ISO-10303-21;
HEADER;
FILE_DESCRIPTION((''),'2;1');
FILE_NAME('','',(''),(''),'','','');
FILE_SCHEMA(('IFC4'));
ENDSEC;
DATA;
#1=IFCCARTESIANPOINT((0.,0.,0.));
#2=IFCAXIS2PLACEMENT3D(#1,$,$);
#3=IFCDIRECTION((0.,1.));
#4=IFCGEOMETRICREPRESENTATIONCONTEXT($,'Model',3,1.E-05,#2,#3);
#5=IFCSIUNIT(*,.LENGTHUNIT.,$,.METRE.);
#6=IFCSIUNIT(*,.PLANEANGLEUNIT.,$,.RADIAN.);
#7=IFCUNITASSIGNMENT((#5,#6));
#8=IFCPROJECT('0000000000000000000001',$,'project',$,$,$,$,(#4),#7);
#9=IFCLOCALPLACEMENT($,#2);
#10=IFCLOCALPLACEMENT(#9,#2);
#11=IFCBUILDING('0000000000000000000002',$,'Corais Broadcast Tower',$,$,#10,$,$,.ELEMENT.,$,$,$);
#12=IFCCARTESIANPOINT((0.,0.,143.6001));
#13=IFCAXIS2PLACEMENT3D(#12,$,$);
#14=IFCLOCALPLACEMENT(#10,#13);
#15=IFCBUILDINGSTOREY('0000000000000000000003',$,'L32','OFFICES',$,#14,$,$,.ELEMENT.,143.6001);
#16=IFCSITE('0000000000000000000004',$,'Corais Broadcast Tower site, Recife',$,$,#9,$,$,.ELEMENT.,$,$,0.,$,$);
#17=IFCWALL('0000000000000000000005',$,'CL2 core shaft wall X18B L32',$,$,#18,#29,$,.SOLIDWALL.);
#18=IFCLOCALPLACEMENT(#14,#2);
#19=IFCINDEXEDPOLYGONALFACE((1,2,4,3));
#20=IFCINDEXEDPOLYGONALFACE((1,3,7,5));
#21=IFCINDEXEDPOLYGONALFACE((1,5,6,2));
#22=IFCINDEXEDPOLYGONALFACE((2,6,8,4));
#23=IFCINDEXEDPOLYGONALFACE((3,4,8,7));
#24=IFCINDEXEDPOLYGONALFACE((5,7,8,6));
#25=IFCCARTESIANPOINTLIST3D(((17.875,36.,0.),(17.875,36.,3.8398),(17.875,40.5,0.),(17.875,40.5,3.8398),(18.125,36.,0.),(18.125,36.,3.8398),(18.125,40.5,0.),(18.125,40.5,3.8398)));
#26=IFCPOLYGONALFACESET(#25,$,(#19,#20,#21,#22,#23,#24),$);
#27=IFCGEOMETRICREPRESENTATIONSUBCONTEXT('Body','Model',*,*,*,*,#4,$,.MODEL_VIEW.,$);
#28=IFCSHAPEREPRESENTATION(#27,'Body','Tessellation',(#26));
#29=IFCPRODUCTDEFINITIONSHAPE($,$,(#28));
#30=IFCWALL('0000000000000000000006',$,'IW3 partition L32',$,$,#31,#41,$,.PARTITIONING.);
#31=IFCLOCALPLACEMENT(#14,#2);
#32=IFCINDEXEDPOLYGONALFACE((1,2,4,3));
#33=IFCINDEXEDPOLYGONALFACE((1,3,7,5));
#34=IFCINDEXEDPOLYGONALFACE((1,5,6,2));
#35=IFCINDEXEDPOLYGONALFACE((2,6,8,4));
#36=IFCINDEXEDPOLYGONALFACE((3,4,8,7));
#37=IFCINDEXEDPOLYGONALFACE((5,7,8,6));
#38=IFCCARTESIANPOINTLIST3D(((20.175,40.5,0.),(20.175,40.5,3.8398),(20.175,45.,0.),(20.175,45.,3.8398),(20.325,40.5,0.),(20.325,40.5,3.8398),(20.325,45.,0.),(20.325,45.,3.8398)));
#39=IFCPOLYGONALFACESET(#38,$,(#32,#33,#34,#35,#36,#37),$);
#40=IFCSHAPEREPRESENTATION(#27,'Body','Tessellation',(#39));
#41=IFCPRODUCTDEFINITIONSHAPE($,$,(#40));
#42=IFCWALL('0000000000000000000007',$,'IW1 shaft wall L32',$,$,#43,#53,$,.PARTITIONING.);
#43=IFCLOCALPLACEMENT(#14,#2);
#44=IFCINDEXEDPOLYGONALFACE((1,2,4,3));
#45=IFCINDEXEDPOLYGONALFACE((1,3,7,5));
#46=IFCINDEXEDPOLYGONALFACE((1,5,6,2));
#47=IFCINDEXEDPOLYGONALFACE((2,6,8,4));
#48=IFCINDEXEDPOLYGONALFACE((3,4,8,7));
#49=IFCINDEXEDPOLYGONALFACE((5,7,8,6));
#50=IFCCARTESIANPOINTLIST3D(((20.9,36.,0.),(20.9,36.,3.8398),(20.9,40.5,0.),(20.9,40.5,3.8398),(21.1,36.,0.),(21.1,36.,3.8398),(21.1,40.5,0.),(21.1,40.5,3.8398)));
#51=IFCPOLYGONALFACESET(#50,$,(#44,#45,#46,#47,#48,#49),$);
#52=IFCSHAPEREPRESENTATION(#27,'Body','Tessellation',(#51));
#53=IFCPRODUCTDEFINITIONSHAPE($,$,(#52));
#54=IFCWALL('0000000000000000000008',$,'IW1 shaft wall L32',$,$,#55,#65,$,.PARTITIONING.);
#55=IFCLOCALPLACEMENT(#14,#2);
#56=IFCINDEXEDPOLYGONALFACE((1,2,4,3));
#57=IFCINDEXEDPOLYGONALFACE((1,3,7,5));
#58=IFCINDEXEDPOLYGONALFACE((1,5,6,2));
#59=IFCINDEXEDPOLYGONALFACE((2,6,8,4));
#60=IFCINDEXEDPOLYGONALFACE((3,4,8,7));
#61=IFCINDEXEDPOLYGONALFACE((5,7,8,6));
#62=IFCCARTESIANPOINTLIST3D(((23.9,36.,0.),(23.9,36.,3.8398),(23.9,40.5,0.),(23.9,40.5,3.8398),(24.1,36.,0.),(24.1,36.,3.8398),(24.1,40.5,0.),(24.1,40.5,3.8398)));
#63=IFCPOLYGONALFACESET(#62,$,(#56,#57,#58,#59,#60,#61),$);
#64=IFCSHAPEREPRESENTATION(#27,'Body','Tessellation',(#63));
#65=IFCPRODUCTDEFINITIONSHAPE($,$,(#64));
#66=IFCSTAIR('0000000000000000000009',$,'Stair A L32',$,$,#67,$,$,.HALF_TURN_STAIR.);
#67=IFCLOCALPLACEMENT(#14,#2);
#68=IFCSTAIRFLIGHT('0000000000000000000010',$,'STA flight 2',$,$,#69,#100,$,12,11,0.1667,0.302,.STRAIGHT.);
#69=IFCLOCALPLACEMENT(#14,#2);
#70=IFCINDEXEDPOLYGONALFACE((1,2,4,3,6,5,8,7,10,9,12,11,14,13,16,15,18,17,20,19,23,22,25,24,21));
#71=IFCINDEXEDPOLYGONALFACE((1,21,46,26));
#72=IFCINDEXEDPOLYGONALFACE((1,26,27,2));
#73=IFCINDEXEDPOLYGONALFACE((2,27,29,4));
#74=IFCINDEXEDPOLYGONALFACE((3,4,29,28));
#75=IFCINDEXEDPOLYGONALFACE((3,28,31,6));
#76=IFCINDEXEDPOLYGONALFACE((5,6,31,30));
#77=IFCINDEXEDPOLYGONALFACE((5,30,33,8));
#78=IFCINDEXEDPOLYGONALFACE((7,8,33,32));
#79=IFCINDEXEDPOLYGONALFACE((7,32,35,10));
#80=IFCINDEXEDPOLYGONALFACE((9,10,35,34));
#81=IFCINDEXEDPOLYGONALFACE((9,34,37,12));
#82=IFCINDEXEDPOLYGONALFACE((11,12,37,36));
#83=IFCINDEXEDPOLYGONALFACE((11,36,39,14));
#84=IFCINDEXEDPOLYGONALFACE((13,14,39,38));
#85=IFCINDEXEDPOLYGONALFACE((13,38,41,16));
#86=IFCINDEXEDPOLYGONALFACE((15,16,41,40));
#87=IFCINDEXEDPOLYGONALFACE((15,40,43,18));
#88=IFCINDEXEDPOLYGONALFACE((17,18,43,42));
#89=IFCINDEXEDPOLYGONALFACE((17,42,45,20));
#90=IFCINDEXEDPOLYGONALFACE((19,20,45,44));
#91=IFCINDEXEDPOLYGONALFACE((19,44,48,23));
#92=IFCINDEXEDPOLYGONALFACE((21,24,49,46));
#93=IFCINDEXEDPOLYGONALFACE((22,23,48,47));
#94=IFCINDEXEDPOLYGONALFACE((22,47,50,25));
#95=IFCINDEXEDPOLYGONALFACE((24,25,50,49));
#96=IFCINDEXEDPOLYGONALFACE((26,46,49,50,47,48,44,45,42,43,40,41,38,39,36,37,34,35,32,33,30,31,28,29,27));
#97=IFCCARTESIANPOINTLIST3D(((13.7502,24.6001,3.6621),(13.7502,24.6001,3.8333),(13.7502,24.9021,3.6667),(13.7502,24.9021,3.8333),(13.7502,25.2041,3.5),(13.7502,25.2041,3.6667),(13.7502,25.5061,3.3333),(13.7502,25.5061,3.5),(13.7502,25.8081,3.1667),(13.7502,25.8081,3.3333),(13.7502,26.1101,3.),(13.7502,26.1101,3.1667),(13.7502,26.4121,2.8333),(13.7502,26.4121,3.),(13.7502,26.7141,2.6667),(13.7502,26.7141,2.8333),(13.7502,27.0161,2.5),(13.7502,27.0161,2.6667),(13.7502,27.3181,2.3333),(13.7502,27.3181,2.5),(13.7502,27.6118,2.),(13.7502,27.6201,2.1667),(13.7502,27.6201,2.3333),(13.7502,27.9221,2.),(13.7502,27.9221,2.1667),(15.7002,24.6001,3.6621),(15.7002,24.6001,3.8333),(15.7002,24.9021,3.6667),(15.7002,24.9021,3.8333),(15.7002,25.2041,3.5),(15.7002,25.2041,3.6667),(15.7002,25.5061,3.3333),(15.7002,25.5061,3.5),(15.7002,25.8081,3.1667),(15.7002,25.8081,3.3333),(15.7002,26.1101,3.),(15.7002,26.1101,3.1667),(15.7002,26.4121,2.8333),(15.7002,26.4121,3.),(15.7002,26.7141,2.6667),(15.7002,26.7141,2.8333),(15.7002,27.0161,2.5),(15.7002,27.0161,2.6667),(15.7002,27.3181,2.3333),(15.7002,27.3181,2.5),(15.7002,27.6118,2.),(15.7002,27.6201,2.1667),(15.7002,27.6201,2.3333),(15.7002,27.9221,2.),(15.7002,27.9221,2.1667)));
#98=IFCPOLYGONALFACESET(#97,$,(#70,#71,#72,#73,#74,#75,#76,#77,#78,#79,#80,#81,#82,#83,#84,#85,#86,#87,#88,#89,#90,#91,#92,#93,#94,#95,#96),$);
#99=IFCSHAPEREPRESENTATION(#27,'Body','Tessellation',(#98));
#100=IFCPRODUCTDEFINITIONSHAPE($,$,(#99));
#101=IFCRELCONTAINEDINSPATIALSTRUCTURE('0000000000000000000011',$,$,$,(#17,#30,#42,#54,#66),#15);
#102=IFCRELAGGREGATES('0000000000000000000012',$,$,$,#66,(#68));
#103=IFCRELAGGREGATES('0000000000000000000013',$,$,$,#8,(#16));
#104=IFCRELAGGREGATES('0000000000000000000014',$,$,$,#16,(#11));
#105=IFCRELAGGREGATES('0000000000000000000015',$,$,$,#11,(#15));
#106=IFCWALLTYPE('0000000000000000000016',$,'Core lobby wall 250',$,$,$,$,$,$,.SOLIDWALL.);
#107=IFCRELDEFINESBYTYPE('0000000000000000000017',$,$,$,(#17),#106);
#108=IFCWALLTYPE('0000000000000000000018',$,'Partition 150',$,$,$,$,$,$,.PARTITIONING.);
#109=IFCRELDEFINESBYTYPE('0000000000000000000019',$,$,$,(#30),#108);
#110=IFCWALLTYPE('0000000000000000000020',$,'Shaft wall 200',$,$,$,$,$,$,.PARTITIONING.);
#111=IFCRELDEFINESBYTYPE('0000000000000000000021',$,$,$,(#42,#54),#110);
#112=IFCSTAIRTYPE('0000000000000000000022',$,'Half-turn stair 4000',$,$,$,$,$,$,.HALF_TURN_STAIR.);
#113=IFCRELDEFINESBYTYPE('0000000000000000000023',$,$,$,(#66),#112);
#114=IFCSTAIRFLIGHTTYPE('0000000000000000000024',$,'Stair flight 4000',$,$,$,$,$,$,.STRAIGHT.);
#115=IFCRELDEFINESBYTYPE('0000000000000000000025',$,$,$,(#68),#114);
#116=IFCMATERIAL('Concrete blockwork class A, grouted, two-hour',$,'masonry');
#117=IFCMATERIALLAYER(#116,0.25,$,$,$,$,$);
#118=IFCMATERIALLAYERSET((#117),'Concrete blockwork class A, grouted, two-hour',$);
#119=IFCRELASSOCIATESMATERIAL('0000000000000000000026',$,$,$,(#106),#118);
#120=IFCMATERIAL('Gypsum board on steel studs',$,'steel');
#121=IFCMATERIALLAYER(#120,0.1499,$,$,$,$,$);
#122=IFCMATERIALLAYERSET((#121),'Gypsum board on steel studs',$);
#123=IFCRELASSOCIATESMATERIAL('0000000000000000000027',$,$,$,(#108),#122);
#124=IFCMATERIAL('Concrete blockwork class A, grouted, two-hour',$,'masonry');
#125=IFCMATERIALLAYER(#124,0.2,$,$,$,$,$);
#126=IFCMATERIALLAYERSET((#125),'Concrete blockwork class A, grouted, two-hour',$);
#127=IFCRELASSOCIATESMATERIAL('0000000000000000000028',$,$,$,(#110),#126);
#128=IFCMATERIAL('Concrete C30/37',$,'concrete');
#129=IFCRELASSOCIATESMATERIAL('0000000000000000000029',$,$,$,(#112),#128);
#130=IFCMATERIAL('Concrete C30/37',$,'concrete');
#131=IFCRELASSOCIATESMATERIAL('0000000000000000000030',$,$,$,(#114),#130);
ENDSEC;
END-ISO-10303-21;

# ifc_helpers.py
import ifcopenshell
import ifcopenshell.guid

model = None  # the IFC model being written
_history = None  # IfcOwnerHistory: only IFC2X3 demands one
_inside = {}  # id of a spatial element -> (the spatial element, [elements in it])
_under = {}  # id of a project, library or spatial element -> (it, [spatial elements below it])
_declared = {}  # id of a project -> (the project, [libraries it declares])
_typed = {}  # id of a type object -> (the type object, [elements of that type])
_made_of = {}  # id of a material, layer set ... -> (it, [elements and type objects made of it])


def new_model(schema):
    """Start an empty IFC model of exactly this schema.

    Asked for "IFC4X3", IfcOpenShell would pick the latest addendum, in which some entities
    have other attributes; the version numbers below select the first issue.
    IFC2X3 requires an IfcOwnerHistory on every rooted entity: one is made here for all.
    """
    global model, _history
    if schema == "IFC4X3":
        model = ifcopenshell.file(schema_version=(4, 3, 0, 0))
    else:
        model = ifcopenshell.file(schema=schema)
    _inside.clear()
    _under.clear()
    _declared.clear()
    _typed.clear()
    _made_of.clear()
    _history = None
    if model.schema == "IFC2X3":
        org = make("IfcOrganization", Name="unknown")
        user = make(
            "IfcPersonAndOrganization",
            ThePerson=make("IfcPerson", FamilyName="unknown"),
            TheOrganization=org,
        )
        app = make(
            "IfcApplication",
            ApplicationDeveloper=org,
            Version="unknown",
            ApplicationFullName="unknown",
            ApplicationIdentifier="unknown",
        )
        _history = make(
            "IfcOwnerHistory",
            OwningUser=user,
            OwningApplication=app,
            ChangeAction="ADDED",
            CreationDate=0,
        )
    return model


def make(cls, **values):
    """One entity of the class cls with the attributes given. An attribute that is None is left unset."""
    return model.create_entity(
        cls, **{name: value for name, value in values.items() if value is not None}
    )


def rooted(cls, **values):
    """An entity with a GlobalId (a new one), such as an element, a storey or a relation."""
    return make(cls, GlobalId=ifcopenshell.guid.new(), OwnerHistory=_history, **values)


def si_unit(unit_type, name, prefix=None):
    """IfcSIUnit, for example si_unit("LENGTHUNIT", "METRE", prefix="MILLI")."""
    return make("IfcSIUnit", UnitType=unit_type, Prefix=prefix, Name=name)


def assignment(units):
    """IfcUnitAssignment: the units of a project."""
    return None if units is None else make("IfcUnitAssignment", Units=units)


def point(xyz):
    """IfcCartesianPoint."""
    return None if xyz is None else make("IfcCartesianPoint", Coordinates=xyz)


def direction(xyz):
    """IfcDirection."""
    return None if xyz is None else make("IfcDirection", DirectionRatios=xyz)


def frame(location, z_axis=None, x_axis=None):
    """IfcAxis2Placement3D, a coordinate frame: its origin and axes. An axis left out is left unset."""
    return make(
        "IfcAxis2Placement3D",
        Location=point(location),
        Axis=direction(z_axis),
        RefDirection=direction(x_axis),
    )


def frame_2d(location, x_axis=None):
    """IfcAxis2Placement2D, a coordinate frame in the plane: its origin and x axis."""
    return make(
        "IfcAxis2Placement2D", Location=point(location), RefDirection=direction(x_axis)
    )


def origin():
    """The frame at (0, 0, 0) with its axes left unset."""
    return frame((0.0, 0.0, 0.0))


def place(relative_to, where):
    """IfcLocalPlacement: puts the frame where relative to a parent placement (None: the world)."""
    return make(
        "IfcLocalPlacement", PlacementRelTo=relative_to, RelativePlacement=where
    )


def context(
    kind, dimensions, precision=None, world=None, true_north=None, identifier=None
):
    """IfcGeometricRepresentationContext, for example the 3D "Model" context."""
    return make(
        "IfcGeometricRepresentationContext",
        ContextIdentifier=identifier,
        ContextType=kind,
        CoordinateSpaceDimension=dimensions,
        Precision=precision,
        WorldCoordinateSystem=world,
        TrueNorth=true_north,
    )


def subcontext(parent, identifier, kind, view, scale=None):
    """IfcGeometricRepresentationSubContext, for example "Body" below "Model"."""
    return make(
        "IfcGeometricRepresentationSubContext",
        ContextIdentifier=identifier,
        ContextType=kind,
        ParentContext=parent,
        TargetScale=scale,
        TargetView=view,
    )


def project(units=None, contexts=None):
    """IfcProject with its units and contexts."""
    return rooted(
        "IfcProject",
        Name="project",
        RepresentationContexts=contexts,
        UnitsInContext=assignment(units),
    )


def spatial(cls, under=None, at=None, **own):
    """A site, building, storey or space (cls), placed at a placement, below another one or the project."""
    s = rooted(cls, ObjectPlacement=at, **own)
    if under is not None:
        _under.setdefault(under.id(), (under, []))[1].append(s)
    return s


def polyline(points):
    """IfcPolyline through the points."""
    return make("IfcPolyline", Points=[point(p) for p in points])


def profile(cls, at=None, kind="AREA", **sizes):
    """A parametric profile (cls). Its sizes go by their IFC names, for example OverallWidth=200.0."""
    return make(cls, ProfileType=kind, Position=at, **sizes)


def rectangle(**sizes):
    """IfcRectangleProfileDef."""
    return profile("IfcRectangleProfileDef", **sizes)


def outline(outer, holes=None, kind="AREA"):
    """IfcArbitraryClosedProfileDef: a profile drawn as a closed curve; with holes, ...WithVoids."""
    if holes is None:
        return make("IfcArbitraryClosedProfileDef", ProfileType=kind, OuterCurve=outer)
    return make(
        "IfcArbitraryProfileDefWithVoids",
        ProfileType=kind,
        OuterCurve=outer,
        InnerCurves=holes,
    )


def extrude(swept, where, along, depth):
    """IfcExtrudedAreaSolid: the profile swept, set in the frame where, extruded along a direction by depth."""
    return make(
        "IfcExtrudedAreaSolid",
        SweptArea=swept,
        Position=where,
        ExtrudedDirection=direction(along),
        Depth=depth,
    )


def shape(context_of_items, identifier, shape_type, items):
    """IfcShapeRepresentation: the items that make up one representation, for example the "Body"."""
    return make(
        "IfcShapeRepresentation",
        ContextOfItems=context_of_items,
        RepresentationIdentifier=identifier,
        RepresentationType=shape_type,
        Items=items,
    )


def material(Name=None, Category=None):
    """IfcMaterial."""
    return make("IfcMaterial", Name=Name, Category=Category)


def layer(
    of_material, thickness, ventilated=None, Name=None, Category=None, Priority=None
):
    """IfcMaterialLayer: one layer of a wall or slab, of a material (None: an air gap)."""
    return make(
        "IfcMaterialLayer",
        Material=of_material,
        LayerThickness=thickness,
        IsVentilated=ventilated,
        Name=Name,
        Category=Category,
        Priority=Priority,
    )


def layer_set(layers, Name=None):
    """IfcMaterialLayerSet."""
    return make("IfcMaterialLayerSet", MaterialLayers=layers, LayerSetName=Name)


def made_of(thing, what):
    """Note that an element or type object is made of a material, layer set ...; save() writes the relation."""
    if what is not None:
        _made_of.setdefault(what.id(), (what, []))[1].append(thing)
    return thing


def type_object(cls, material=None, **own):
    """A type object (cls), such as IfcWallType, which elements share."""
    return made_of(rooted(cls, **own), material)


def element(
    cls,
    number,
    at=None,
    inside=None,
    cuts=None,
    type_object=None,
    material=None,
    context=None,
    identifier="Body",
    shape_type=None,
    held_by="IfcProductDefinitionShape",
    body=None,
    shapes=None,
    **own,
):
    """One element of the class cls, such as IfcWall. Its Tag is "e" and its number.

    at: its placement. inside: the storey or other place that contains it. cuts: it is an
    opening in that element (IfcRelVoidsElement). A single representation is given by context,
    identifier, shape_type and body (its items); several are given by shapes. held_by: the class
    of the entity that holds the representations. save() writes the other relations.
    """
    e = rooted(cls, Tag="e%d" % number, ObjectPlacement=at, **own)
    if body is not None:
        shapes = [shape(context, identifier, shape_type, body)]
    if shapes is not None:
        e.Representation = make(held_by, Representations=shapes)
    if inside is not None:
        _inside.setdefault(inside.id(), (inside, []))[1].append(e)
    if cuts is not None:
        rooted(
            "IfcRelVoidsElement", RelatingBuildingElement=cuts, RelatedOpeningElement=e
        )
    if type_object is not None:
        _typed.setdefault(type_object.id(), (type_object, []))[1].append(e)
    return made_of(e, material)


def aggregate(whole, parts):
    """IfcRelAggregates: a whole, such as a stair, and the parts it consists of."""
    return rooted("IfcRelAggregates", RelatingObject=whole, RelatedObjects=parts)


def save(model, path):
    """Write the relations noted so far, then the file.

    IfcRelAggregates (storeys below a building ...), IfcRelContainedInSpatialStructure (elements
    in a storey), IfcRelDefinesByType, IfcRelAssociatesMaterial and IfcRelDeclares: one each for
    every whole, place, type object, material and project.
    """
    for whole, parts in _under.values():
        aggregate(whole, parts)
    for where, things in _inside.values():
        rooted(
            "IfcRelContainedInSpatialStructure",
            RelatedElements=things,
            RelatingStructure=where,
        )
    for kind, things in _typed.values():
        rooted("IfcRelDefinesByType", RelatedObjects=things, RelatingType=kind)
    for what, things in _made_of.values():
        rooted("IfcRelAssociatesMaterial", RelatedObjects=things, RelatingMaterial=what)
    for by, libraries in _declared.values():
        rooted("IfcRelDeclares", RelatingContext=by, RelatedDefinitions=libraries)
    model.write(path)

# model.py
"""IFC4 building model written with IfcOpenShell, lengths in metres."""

from ifc_helpers import new_model, si_unit, direction, frame, frame_2d, origin, place, context, subcontext, project, spatial, polyline, rectangle, outline, extrude, material, layer, layer_set, type_object, element, aggregate, save


model = new_model("IFC4")

# Units and contexts
model_context = context("Model", 3, precision=1e-05, world=origin(), true_north=direction((0.0, 1.0)))
body_context = subcontext(model_context, "Body", "Model", "MODEL_VIEW")
ifc_project = project(units=[si_unit("LENGTHUNIT", "METRE"), si_unit("PLANEANGLEUNIT", "RADIAN")], contexts=[model_context])

# Site, building, storey
site_placement = place(None, origin())
site = spatial("IfcSite", under=ifc_project, at=site_placement, Name="Corais Broadcast Tower site, Recife", CompositionType="ELEMENT", RefElevation=0.0)
building_placement = place(site_placement, origin())
building = spatial("IfcBuilding", under=site, at=building_placement, Name="Corais Broadcast Tower", CompositionType="ELEMENT")
storey_placement = place(building_placement, frame((0.0, 0.0, 143.6001)))
storey = spatial("IfcBuildingStorey", under=building, at=storey_placement, Name="L32", Description="OFFICES", CompositionType="ELEMENT", Elevation=143.6001)

# Walls
ifc_material_1 = material(Name="Concrete blockwork class A, grouted, two-hour", Category="masonry")
ifc_layer_1 = layer(ifc_material_1, 0.25)
ifc_layer_set_1 = layer_set([ifc_layer_1], Name="Concrete blockwork class A, grouted, two-hour")
wall_type_1 = type_object("IfcWallType", Name="Core lobby wall 250", PredefinedType="SOLIDWALL", material=ifc_layer_set_1)
wall_1_placement = place(storey_placement, frame((18.0, 36.0, 0.0), z_axis=(0.0, 0.0, 1.0), x_axis=(0.0, 1.0, 0.0)))
element("IfcWall", 1, at=wall_1_placement, inside=storey, type_object=wall_type_1, Name="CL2 core shaft wall X18B L32", PredefinedType="SOLIDWALL", context=body_context, shape_type="SweptSolid", body=[
    extrude(rectangle(XDim=4.5, YDim=0.25, at=frame_2d((2.25, 0.0))), origin(), (0.0, 0.0, 1.0), 3.8398),
])
ifc_material_2 = material(Name="Gypsum board on steel studs", Category="steel")
ifc_layer_2 = layer(ifc_material_2, 0.1499)
ifc_layer_set_2 = layer_set([ifc_layer_2], Name="Gypsum board on steel studs")
wall_type_2 = type_object("IfcWallType", Name="Partition 150", PredefinedType="PARTITIONING", material=ifc_layer_set_2)
wall_2_placement = place(storey_placement, frame((20.25, 40.5, 0.0), z_axis=(0.0, 0.0, 1.0), x_axis=(0.0, 1.0, 0.0)))
element("IfcWall", 2, at=wall_2_placement, inside=storey, type_object=wall_type_2, Name="IW3 partition L32", PredefinedType="PARTITIONING", context=body_context, shape_type="SweptSolid", body=[
    extrude(rectangle(XDim=4.5, YDim=0.1499, at=frame_2d((2.25, 0.0))), origin(), (0.0, 0.0, 1.0), 3.8398),
])
ifc_material_3 = material(Name="Concrete blockwork class A, grouted, two-hour", Category="masonry")
ifc_layer_3 = layer(ifc_material_3, 0.2)
ifc_layer_set_3 = layer_set([ifc_layer_3], Name="Concrete blockwork class A, grouted, two-hour")
wall_type_3 = type_object("IfcWallType", Name="Shaft wall 200", PredefinedType="PARTITIONING", material=ifc_layer_set_3)
for number, where, z_axis, x_axis, name in (
    (3, (21.0, 36.0, 0.0), (0.0, 0.0, 1.0), (0.0, 1.0, 0.0), "IW1 shaft wall L32"),
    (4, (24.0, 36.0, 0.0), (0.0, 0.0, 1.0), (0.0, 1.0, 0.0), "IW1 shaft wall L32"),
):
    element("IfcWall", number, at=place(storey_placement, frame(where, z_axis=z_axis, x_axis=x_axis)), inside=storey, type_object=wall_type_3, Name=name, PredefinedType="PARTITIONING", context=body_context, shape_type="SweptSolid", body=[
        extrude(rectangle(XDim=4.5, YDim=0.2, at=frame_2d((2.25, 0.0))), origin(), (0.0, 0.0, 1.0), 3.8398),
    ])

# Stair, stair flight
ifc_material_4 = material(Name="Concrete C30/37", Category="concrete")
stair_type = type_object("IfcStairType", Name="Half-turn stair 4000", PredefinedType="HALF_TURN_STAIR", material=ifc_material_4)
stair_placement = place(storey_placement, origin())
stair = element("IfcStair", 5, at=stair_placement, inside=storey, type_object=stair_type, Name="Stair A L32", PredefinedType="HALF_TURN_STAIR")
ifc_material_5 = material(Name="Concrete C30/37", Category="concrete")
stair_flight_type = type_object("IfcStairFlightType", Name="Stair flight 4000", PredefinedType="STRAIGHT", material=ifc_material_5)
stair_flight_placement = place(storey_placement, frame((14.7251, 27.9221, 2.0), z_axis=(0.0, 0.0, 1.0), x_axis=(0.0, -1.0, 0.0)))
stair_flight = element("IfcStairFlight", 6, at=stair_flight_placement, type_object=stair_flight_type, Name="STA flight 2", NumberOfRisers=12, NumberOfTreads=11, PredefinedType="STRAIGHT", RiserHeight=0.1667, TreadLength=0.302, context=body_context, shape_type="SweptSolid", body=[
    extrude(outline(polyline([(0.0, 0.0), (0.0, 0.1667), (0.302, 0.1667), (0.302, 0.3333), (0.604, 0.3333), (0.604, 0.5), (0.906, 0.5), (0.906, 0.6667), (1.208, 0.6667), (1.208, 0.8333), (1.51, 0.8333), (1.51, 1.0), (1.812, 1.0), (1.812, 1.1667), (2.114, 1.1667), (2.114, 1.3333), (2.416, 1.3333), (2.416, 1.5), (2.718, 1.5), (2.718, 1.6667), (3.02, 1.6667), (3.02, 1.8333), (3.322, 1.8333), (3.322, 2.0), (3.322, 1.6621), (0.3103, 0.0), (0.0, 0.0)])), frame((0.0, 0.9751, 0.0), z_axis=(0.0, -1.0, 0.0), x_axis=(1.0, 0.0, 0.0)), (0.0, 0.0, 1.0), 1.95),
])
aggregate(stair, [stair_flight])

save(model, "model.ifc")
